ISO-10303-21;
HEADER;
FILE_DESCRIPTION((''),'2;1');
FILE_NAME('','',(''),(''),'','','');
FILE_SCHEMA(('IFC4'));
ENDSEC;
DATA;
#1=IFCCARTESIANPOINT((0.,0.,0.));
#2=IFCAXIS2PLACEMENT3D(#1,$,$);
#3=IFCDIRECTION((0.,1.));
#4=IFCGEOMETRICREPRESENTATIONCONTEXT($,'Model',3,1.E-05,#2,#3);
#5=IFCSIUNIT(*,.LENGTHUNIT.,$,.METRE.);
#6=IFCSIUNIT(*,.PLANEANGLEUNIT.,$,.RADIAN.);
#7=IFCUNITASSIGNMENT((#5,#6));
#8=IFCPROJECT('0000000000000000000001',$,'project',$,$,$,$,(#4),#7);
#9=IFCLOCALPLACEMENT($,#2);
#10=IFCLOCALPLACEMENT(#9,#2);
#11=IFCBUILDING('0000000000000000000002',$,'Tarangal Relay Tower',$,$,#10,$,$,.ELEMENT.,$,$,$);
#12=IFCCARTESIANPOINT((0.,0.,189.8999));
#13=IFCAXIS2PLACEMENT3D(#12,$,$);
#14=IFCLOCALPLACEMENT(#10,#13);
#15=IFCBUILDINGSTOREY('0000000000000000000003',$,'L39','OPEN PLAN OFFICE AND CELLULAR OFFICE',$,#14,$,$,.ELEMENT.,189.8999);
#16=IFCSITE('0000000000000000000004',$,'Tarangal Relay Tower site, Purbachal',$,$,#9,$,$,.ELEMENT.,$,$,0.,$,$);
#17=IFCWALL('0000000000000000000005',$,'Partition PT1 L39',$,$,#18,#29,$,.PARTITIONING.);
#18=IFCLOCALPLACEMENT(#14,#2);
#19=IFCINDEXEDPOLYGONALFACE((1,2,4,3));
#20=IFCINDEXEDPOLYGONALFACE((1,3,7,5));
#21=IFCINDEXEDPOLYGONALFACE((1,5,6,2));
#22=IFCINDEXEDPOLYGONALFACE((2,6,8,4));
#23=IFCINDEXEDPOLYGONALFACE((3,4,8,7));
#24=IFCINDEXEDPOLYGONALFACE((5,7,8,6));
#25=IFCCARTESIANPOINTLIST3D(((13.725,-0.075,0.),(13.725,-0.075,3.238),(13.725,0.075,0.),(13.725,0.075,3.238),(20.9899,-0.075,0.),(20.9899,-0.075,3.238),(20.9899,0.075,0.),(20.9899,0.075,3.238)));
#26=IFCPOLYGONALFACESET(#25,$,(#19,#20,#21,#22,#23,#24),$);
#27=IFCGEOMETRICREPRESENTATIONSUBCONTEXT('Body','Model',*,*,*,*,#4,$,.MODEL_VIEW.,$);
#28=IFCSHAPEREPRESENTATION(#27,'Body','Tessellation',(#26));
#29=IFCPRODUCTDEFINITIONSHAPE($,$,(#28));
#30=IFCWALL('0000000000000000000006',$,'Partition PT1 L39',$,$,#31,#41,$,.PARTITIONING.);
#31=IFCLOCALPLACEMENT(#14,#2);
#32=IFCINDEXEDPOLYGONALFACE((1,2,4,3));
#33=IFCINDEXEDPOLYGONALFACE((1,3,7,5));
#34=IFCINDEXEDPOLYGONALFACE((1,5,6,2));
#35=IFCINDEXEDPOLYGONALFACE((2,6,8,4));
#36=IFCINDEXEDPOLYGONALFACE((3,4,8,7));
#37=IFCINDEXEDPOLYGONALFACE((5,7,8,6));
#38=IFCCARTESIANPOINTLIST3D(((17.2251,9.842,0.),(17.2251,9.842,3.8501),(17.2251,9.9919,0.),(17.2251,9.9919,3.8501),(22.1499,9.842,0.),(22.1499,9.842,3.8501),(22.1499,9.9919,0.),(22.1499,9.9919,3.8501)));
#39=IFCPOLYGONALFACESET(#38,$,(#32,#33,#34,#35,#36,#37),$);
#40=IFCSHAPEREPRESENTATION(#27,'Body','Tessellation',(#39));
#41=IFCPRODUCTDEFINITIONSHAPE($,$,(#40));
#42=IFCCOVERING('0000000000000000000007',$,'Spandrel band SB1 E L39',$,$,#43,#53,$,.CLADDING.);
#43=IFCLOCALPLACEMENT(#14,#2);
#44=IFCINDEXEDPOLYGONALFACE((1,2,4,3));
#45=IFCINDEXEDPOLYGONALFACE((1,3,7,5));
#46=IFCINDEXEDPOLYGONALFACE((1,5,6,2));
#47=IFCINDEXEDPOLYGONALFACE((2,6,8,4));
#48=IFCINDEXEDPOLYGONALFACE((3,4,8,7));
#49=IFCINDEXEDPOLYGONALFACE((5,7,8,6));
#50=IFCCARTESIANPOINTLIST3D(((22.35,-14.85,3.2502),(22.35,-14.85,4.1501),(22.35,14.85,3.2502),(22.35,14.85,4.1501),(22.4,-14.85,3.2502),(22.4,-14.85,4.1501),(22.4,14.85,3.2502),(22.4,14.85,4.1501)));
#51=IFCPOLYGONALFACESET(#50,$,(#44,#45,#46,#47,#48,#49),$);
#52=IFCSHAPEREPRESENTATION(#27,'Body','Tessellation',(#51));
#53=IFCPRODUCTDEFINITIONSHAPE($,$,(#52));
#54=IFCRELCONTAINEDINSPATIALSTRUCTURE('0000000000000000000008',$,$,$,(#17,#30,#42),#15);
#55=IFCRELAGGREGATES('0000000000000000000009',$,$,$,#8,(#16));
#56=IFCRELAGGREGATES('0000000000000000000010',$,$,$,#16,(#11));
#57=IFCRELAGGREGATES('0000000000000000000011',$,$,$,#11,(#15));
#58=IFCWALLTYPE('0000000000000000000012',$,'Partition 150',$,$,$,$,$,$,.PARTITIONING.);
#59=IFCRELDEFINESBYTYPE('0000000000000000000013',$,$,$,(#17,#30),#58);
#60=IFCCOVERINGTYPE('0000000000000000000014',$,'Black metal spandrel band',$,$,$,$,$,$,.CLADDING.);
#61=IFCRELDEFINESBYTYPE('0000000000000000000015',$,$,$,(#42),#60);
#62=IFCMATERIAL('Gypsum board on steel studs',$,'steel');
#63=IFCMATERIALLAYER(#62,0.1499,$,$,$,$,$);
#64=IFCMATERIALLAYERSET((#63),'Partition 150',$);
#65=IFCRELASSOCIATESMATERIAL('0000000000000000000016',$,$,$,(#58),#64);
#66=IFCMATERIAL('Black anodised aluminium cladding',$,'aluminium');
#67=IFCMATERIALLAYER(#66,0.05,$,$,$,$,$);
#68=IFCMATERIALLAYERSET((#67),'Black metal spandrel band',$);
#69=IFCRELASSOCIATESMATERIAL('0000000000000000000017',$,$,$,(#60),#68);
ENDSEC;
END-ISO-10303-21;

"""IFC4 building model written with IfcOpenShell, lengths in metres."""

from ifc_helpers import new_model, si_unit, direction, frame, frame_2d, origin, origin_2d, place, context, subcontext, project, spatial, rectangle, extrude, material, layer, layer_set, type_object, element, save


model = new_model("IFC4")

# Units and contexts
model_context = context("Model", 3, precision=1e-05, world=origin(), true_north=direction((0.0, 1.0)))
body_context = subcontext(model_context, "Body", "Model", "MODEL_VIEW")
ifc_project = project(units=[si_unit("LENGTHUNIT", "METRE"), si_unit("PLANEANGLEUNIT", "RADIAN")], contexts=[model_context])

# Site, building, storey
site_placement = place(None, origin())
site = spatial("IfcSite", under=ifc_project, at=site_placement, Name="Tarangal Relay Tower site, Purbachal", CompositionType="ELEMENT", RefElevation=0.0)
building_placement = place(site_placement, origin())
building = spatial("IfcBuilding", under=site, at=building_placement, Name="Tarangal Relay Tower", CompositionType="ELEMENT")
storey_placement = place(building_placement, frame((0.0, 0.0, 189.8999)))
storey = spatial("IfcBuildingStorey", under=building, at=storey_placement, Name="L39", Description="OPEN PLAN OFFICE AND CELLULAR OFFICE", CompositionType="ELEMENT", Elevation=189.8999)

# Walls
ifc_material_1 = material(Name="Gypsum board on steel studs", Category="steel")
ifc_layer_1 = layer(ifc_material_1, 0.1499)
ifc_layer_set_1 = layer_set([ifc_layer_1], Name="Partition 150")
wall_type_1 = type_object("IfcWallType", Name="Partition 150", PredefinedType="PARTITIONING", material=ifc_layer_set_1)
wall_1_placement = place(storey_placement, frame((13.7251, 0.0, 0.0), z_axis=(0.0, 0.0, 1.0), x_axis=(1.0, 0.0, 0.0)))
element("IfcWall", 1, at=wall_1_placement, inside=storey, type_object=wall_type_1, Name="Partition PT1 L39", PredefinedType="PARTITIONING", context=body_context, shape_type="SweptSolid", body=[
    extrude(rectangle(XDim=7.2649, YDim=0.1499, at=frame_2d((3.6323, 0.0))), origin(), (0.0, 0.0, 1.0), 3.238),
])
wall_2_placement = place(storey_placement, frame((17.2251, 9.917, 0.0), z_axis=(0.0, 0.0, 1.0), x_axis=(1.0, 0.0, 0.0)))
element("IfcWall", 2, at=wall_2_placement, inside=storey, type_object=wall_type_1, Name="Partition PT1 L39", PredefinedType="PARTITIONING", context=body_context, shape_type="SweptSolid", body=[
    extrude(rectangle(XDim=4.9248, YDim=0.1499, at=frame_2d((2.4624, 0.0))), origin(), (0.0, 0.0, 1.0), 3.8501),
])

# Covering
ifc_material_2 = material(Name="Black anodised aluminium cladding", Category="aluminium")
ifc_layer_2 = layer(ifc_material_2, 0.05)
ifc_layer_set_2 = layer_set([ifc_layer_2], Name="Black metal spandrel band")
covering_type = type_object("IfcCoveringType", Name="Black metal spandrel band", PredefinedType="CLADDING", material=ifc_layer_set_2)
covering_placement = place(storey_placement, frame((22.375, 0.0, 3.2502), z_axis=(0.0, 0.0, 1.0), x_axis=(0.0, -1.0, 0.0)))
element("IfcCovering", 3, at=covering_placement, inside=storey, type_object=covering_type, Name="Spandrel band SB1 E L39", PredefinedType="CLADDING", context=body_context, shape_type="SweptSolid", body=[
    extrude(rectangle(XDim=29.7, YDim=0.05, at=origin_2d()), origin(), (0.0, 0.0, 1.0), 0.8999),
])

save(model, "model.ifc")
